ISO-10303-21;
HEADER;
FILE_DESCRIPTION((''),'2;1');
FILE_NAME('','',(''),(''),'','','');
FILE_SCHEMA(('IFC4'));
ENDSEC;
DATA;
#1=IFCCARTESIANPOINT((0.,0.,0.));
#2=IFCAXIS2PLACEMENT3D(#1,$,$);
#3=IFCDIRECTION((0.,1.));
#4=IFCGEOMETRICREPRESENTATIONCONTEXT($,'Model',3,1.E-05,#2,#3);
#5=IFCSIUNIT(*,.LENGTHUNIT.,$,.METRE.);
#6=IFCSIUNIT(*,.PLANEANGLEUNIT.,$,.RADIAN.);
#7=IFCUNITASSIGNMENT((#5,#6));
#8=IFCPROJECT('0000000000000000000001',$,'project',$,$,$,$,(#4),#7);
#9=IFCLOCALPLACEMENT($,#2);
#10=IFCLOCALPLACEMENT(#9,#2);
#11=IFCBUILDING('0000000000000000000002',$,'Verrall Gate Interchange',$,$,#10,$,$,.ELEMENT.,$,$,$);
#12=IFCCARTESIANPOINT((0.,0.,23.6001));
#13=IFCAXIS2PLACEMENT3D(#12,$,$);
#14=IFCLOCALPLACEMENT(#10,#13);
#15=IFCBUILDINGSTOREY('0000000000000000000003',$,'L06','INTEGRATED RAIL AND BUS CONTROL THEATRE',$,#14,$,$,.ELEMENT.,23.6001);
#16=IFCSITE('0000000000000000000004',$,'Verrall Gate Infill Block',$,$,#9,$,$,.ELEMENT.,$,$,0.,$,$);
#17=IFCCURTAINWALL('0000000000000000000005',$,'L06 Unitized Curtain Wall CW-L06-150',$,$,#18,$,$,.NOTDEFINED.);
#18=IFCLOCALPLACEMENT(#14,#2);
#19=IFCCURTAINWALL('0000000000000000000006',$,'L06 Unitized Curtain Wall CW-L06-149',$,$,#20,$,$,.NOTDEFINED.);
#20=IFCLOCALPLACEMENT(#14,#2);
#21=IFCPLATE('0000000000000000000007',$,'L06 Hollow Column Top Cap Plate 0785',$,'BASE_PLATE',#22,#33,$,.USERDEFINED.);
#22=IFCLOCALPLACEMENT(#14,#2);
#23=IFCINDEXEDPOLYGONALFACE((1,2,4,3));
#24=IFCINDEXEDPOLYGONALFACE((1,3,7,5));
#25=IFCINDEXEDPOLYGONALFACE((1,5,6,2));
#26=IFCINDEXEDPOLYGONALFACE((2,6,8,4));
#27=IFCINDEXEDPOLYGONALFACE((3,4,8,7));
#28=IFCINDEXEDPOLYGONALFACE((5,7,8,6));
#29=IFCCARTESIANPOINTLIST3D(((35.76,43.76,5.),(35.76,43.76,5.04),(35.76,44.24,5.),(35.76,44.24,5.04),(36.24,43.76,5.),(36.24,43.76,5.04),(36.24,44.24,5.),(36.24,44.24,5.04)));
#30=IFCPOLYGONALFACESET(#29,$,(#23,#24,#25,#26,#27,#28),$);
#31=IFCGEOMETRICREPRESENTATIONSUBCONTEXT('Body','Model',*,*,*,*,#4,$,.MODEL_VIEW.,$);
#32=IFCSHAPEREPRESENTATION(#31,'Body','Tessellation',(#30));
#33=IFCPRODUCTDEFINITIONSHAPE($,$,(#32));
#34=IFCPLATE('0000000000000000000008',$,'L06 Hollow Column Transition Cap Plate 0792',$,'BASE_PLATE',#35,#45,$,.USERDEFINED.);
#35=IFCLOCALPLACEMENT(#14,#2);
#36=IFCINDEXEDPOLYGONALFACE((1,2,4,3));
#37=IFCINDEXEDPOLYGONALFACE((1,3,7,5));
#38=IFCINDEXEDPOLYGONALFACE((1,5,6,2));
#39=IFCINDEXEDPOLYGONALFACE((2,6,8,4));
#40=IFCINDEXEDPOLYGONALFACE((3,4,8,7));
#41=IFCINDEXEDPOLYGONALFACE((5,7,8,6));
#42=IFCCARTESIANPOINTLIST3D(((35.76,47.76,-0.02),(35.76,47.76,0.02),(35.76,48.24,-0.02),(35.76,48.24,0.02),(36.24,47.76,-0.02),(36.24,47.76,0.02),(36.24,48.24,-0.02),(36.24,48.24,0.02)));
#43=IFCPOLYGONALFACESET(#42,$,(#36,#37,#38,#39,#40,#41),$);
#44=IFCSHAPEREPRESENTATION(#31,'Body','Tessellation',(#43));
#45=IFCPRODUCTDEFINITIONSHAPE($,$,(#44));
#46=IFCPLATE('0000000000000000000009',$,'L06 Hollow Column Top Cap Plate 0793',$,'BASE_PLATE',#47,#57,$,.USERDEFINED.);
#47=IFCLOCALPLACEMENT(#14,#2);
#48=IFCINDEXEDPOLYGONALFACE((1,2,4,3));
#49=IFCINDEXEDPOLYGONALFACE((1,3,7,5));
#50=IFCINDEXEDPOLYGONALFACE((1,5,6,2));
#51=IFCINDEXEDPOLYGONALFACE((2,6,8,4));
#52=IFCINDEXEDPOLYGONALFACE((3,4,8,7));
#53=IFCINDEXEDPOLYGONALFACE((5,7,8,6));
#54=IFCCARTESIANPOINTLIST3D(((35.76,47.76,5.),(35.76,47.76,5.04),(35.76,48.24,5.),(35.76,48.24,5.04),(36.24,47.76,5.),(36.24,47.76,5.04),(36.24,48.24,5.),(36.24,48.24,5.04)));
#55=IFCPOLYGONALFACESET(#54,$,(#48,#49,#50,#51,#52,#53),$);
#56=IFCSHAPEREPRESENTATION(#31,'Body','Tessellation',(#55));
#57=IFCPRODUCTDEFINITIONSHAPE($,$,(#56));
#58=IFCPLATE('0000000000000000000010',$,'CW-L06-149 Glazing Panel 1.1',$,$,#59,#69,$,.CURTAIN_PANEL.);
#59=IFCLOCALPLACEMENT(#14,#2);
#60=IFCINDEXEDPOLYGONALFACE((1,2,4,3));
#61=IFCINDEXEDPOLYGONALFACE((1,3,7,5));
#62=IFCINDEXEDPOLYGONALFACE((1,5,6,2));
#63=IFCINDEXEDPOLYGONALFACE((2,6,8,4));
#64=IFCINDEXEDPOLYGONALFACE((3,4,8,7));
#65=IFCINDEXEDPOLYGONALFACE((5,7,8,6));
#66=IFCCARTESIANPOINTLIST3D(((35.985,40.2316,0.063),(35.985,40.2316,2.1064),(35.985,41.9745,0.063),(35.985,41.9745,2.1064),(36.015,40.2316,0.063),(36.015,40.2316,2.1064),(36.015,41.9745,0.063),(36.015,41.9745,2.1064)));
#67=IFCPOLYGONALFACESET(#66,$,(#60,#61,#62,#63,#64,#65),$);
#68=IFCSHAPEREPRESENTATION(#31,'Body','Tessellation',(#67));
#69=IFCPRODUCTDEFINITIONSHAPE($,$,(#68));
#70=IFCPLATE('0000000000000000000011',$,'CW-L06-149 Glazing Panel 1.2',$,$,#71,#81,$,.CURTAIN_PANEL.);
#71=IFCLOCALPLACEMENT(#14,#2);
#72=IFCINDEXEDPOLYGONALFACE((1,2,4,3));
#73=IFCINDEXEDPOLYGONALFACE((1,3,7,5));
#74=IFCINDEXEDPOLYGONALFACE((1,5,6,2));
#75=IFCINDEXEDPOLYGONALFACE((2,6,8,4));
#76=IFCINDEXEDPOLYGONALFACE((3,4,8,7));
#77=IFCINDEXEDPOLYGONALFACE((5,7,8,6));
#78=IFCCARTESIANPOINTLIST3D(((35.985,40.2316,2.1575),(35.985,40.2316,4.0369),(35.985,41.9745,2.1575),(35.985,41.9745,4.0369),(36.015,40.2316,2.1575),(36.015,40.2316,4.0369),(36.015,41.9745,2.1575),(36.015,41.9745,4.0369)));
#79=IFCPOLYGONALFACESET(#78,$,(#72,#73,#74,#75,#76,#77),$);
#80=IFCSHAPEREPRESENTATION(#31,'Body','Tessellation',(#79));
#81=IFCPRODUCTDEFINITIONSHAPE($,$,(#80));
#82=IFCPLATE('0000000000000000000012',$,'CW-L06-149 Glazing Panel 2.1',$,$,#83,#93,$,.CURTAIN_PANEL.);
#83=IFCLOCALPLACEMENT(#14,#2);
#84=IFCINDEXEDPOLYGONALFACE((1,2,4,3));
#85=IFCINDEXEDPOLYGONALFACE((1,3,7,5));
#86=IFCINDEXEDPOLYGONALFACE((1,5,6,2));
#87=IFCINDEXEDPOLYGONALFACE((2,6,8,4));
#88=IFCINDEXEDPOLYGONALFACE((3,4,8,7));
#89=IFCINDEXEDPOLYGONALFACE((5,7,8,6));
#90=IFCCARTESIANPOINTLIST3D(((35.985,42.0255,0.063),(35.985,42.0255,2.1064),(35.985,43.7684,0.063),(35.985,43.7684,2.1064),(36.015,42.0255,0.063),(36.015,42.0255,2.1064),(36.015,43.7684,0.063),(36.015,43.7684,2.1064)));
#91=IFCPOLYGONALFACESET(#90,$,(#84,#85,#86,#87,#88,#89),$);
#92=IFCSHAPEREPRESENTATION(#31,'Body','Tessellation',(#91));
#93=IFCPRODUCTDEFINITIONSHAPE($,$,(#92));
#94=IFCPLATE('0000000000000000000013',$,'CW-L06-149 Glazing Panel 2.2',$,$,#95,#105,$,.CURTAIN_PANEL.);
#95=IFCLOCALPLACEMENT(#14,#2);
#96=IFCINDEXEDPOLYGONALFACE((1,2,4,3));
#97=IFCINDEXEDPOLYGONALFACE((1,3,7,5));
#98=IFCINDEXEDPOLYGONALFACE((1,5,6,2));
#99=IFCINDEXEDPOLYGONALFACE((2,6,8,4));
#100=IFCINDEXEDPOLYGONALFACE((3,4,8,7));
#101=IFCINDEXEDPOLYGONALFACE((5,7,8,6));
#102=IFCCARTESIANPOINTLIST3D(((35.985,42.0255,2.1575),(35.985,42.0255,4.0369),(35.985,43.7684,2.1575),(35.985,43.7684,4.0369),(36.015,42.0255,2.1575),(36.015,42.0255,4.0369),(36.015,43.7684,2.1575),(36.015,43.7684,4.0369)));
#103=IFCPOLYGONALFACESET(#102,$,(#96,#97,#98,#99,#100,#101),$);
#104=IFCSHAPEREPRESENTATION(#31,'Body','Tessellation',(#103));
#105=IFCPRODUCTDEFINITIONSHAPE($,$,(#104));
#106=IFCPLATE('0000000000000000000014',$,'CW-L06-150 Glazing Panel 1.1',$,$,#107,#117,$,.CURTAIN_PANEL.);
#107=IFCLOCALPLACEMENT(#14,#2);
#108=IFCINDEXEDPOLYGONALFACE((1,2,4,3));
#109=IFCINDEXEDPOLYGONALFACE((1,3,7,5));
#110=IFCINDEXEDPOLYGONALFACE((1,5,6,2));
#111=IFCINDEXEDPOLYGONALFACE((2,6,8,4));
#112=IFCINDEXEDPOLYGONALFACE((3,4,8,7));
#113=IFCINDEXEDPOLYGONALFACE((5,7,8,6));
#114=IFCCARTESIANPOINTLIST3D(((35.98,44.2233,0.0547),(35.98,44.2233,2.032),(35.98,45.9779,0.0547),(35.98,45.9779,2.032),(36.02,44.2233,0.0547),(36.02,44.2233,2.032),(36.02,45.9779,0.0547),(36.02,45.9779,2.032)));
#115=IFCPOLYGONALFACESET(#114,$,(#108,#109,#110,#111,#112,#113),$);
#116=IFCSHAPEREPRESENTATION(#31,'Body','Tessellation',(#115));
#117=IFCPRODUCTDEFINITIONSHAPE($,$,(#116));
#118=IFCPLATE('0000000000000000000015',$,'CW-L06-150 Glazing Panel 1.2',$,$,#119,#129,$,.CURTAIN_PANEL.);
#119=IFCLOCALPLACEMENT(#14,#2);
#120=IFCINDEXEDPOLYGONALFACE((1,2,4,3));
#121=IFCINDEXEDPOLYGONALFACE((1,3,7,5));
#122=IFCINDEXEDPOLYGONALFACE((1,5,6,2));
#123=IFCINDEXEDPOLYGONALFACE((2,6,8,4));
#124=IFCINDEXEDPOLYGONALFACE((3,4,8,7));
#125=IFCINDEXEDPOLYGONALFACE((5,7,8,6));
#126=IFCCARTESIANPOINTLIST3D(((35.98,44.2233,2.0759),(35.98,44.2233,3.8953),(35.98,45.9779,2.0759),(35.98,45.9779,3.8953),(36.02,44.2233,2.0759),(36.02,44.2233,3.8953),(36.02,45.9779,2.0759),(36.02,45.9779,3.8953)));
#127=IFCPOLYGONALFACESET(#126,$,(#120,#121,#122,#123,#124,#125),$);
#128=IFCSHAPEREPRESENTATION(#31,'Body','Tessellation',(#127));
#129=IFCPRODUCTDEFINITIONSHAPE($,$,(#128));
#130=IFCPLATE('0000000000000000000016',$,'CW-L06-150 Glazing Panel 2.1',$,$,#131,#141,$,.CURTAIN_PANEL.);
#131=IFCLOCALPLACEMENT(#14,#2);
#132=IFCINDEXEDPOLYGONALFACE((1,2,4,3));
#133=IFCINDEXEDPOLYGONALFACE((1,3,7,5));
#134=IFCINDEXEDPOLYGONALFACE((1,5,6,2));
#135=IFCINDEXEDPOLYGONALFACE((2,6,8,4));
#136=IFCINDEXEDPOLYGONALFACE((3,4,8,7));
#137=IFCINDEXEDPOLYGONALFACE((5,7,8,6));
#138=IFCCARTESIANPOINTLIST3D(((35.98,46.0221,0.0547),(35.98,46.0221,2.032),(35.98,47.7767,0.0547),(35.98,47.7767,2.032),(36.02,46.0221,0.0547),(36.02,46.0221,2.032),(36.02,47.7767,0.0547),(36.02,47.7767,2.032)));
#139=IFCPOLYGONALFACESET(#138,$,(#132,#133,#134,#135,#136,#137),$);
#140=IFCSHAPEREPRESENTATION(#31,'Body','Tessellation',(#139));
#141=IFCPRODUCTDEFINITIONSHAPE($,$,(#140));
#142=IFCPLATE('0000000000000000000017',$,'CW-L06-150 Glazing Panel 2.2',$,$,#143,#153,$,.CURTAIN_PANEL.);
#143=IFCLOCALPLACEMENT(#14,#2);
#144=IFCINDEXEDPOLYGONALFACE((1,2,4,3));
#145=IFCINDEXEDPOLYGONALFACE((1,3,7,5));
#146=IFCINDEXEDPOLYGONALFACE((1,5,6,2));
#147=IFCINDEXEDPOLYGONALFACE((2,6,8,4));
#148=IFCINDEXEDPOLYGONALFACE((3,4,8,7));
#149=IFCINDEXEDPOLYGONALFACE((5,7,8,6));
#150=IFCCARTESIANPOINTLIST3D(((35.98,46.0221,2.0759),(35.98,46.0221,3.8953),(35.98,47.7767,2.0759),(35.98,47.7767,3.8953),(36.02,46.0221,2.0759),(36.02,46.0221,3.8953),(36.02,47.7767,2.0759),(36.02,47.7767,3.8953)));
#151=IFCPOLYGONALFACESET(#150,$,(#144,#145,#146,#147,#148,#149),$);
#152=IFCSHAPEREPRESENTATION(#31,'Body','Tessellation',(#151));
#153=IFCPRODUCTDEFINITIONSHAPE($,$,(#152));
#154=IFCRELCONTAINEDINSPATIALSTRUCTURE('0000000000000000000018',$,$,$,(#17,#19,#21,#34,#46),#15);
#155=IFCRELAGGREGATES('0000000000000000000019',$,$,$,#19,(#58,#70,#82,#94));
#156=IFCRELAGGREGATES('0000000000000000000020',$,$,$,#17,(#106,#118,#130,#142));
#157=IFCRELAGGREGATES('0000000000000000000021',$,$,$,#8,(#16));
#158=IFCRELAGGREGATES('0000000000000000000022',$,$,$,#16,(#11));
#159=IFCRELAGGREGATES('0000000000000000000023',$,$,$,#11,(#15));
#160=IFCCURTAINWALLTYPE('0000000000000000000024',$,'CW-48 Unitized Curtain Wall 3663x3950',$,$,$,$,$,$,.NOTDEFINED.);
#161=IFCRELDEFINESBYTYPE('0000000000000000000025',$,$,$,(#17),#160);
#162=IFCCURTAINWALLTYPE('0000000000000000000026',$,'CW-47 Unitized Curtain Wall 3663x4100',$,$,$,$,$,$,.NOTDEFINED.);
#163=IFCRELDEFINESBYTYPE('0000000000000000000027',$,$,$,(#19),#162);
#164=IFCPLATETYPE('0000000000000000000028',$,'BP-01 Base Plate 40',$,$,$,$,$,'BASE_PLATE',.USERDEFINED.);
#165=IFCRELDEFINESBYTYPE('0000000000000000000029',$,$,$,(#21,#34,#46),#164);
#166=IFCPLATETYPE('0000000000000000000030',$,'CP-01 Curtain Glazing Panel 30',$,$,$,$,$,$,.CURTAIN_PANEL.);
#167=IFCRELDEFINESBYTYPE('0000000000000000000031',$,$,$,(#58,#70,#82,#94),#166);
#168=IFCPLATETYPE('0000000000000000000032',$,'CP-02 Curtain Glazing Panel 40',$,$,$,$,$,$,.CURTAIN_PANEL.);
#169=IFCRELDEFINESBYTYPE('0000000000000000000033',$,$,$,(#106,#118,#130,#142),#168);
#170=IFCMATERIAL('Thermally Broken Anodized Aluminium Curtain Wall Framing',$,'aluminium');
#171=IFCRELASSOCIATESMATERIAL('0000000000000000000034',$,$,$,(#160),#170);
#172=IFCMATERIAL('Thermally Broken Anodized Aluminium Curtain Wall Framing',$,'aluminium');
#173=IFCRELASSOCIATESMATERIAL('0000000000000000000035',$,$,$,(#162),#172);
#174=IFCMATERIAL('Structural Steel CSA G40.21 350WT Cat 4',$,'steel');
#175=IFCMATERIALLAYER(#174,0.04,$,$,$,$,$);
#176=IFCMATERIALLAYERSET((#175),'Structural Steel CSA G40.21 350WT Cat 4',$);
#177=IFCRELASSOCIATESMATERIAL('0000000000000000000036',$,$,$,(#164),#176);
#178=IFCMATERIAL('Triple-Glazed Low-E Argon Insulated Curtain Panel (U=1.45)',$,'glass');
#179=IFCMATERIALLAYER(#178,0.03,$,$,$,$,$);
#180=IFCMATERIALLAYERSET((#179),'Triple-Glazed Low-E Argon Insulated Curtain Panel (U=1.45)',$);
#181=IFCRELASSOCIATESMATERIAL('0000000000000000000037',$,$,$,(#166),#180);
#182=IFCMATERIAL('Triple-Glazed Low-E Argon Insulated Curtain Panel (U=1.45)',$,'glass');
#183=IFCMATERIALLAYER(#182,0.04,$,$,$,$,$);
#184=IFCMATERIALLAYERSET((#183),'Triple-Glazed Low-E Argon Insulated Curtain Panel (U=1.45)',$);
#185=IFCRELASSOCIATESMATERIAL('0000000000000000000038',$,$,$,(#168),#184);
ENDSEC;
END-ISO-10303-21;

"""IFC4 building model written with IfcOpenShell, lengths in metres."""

from ifc_helpers import new_model, si_unit, direction, frame, origin, origin_2d, place, context, subcontext, project, spatial, rectangle, extrude, material, layer, layer_set, type_object, element, aggregate, save


model = new_model("IFC4")

# Units and contexts
model_context = context("Model", 3, precision=1e-05, world=origin(), true_north=direction((0.0, 1.0)))
body_context = subcontext(model_context, "Body", "Model", "MODEL_VIEW")
ifc_project = project(units=[si_unit("LENGTHUNIT", "METRE"), si_unit("PLANEANGLEUNIT", "RADIAN")], contexts=[model_context])

# Site, building, storey
site_placement = place(None, origin())
site = spatial("IfcSite", under=ifc_project, at=site_placement, Name="Verrall Gate Infill Block", CompositionType="ELEMENT", RefElevation=0.0)
building_placement = place(site_placement, origin())
building = spatial("IfcBuilding", under=site, at=building_placement, Name="Verrall Gate Interchange", CompositionType="ELEMENT")
storey_placement = place(building_placement, frame((0.0, 0.0, 23.6001)))
storey = spatial("IfcBuildingStorey", under=building, at=storey_placement, Name="L06", Description="INTEGRATED RAIL AND BUS CONTROL THEATRE", CompositionType="ELEMENT", Elevation=23.6001)

# Curtain walls
ifc_material_1 = material(Name="Thermally Broken Anodized Aluminium Curtain Wall Framing", Category="aluminium")
curtain_wall_type_1 = type_object("IfcCurtainWallType", Name="CW-48 Unitized Curtain Wall 3663x3950", PredefinedType="NOTDEFINED", material=ifc_material_1)
curtain_wall_1_placement = place(storey_placement, origin())
curtain_wall_1 = element("IfcCurtainWall", 1, at=curtain_wall_1_placement, inside=storey, type_object=curtain_wall_type_1, Name="L06 Unitized Curtain Wall CW-L06-150", PredefinedType="NOTDEFINED")
ifc_material_2 = material(Name="Thermally Broken Anodized Aluminium Curtain Wall Framing", Category="aluminium")
curtain_wall_type_2 = type_object("IfcCurtainWallType", Name="CW-47 Unitized Curtain Wall 3663x4100", PredefinedType="NOTDEFINED", material=ifc_material_2)
curtain_wall_2_placement = place(storey_placement, origin())
curtain_wall_2 = element("IfcCurtainWall", 2, at=curtain_wall_2_placement, inside=storey, type_object=curtain_wall_type_2, Name="L06 Unitized Curtain Wall CW-L06-149", PredefinedType="NOTDEFINED")

# Plates
ifc_material_3 = material(Name="Structural Steel CSA G40.21 350WT Cat 4", Category="steel")
ifc_layer_1 = layer(ifc_material_3, 0.04)
ifc_layer_set_1 = layer_set([ifc_layer_1], Name="Structural Steel CSA G40.21 350WT Cat 4")
plate_type_1 = type_object("IfcPlateType", Name="BP-01 Base Plate 40", ElementType="BASE_PLATE", PredefinedType="USERDEFINED", material=ifc_layer_set_1)
for number, where, z_axis, x_axis, name in (
    (3, (36.0, 44.0, 5.0), (0.0, 0.0, 1.0), (1.0, 0.0, 0.0), "L06 Hollow Column Top Cap Plate 0785"),
    (4, (36.0, 48.0, -0.02), (0.0, 0.0, 1.0), (1.0, 0.0, 0.0), "L06 Hollow Column Transition Cap Plate 0792"),
    (5, (36.0, 48.0, 5.0), (0.0, 0.0, 1.0), (1.0, 0.0, 0.0), "L06 Hollow Column Top Cap Plate 0793"),
):
    element("IfcPlate", number, at=place(storey_placement, frame(where, z_axis=z_axis, x_axis=x_axis)), inside=storey, type_object=plate_type_1, Name=name, ObjectType="BASE_PLATE", PredefinedType="USERDEFINED", context=body_context, shape_type="SweptSolid", body=[
        extrude(rectangle(XDim=0.48, YDim=0.48, at=origin_2d()), origin(), (0.0, 0.0, 1.0), 0.04),
    ])

# Plates
ifc_material_4 = material(Name="Triple-Glazed Low-E Argon Insulated Curtain Panel (U=1.45)", Category="glass")
ifc_layer_2 = layer(ifc_material_4, 0.03)
ifc_layer_set_2 = layer_set([ifc_layer_2], Name="Triple-Glazed Low-E Argon Insulated Curtain Panel (U=1.45)")
plate_type_2 = type_object("IfcPlateType", Name="CP-01 Curtain Glazing Panel 30", PredefinedType="CURTAIN_PANEL", material=ifc_layer_set_2)
plate_1_placement = place(storey_placement, frame((36.0, 41.103, 0.063), z_axis=(0.0, 0.0, 1.0), x_axis=(0.0, 1.0, 0.0)))
plate_1 = element("IfcPlate", 6, at=plate_1_placement, type_object=plate_type_2, Name="CW-L06-149 Glazing Panel 1.1", PredefinedType="CURTAIN_PANEL", context=body_context, shape_type="SweptSolid", body=[
    extrude(rectangle(XDim=1.7429, YDim=0.03, at=origin_2d()), origin(), (0.0, 0.0, 1.0), 2.0435),
])
plate_2_placement = place(storey_placement, frame((36.0, 41.103, 2.1575), z_axis=(0.0, 0.0, 1.0), x_axis=(0.0, 1.0, 0.0)))
plate_2 = element("IfcPlate", 7, at=plate_2_placement, type_object=plate_type_2, Name="CW-L06-149 Glazing Panel 1.2", PredefinedType="CURTAIN_PANEL", context=body_context, shape_type="SweptSolid", body=[
    extrude(rectangle(XDim=1.7429, YDim=0.03, at=origin_2d()), origin(), (0.0, 0.0, 1.0), 1.8794),
])
plate_3_placement = place(storey_placement, frame((36.0, 42.897, 0.063), z_axis=(0.0, 0.0, 1.0), x_axis=(0.0, 1.0, 0.0)))
plate_3 = element("IfcPlate", 8, at=plate_3_placement, type_object=plate_type_2, Name="CW-L06-149 Glazing Panel 2.1", PredefinedType="CURTAIN_PANEL", context=body_context, shape_type="SweptSolid", body=[
    extrude(rectangle(XDim=1.7429, YDim=0.03, at=origin_2d()), origin(), (0.0, 0.0, 1.0), 2.0435),
])
plate_4_placement = place(storey_placement, frame((36.0, 42.897, 2.1575), z_axis=(0.0, 0.0, 1.0), x_axis=(0.0, 1.0, 0.0)))
plate_4 = element("IfcPlate", 9, at=plate_4_placement, type_object=plate_type_2, Name="CW-L06-149 Glazing Panel 2.2", PredefinedType="CURTAIN_PANEL", context=body_context, shape_type="SweptSolid", body=[
    extrude(rectangle(XDim=1.7429, YDim=0.03, at=origin_2d()), origin(), (0.0, 0.0, 1.0), 1.8794),
])
aggregate(curtain_wall_2, [plate_1, plate_2, plate_3, plate_4])
ifc_material_5 = material(Name="Triple-Glazed Low-E Argon Insulated Curtain Panel (U=1.45)", Category="glass")
ifc_layer_3 = layer(ifc_material_5, 0.04)
ifc_layer_set_3 = layer_set([ifc_layer_3], Name="Triple-Glazed Low-E Argon Insulated Curtain Panel (U=1.45)")
plate_type_3 = type_object("IfcPlateType", Name="CP-02 Curtain Glazing Panel 40", PredefinedType="CURTAIN_PANEL", material=ifc_layer_set_3)
plate_5_placement = place(storey_placement, frame((36.0, 45.1006, 0.0547), z_axis=(0.0, 0.0, 1.0), x_axis=(0.0, 1.0, 0.0)))
plate_5 = element("IfcPlate", 10, at=plate_5_placement, type_object=plate_type_3, Name="CW-L06-150 Glazing Panel 1.1", PredefinedType="CURTAIN_PANEL", context=body_context, shape_type="SweptSolid", body=[
    extrude(rectangle(XDim=1.7546, YDim=0.04, at=origin_2d()), origin(), (0.0, 0.0, 1.0), 1.9773),
])
plate_6_placement = place(storey_placement, frame((36.0, 45.1006, 2.0759), z_axis=(0.0, 0.0, 1.0), x_axis=(0.0, 1.0, 0.0)))
plate_6 = element("IfcPlate", 11, at=plate_6_placement, type_object=plate_type_3, Name="CW-L06-150 Glazing Panel 1.2", PredefinedType="CURTAIN_PANEL", context=body_context, shape_type="SweptSolid", body=[
    extrude(rectangle(XDim=1.7546, YDim=0.04, at=origin_2d()), origin(), (0.0, 0.0, 1.0), 1.8193),
])
plate_7_placement = place(storey_placement, frame((36.0, 46.8994, 0.0547), z_axis=(0.0, 0.0, 1.0), x_axis=(0.0, 1.0, 0.0)))
plate_7 = element("IfcPlate", 12, at=plate_7_placement, type_object=plate_type_3, Name="CW-L06-150 Glazing Panel 2.1", PredefinedType="CURTAIN_PANEL", context=body_context, shape_type="SweptSolid", body=[
    extrude(rectangle(XDim=1.7546, YDim=0.04, at=origin_2d()), origin(), (0.0, 0.0, 1.0), 1.9773),
])
plate_8_placement = place(storey_placement, frame((36.0, 46.8994, 2.0759), z_axis=(0.0, 0.0, 1.0), x_axis=(0.0, 1.0, 0.0)))
plate_8 = element("IfcPlate", 13, at=plate_8_placement, type_object=plate_type_3, Name="CW-L06-150 Glazing Panel 2.2", PredefinedType="CURTAIN_PANEL", context=body_context, shape_type="SweptSolid", body=[
    extrude(rectangle(XDim=1.7546, YDim=0.04, at=origin_2d()), origin(), (0.0, 0.0, 1.0), 1.8193),
])
aggregate(curtain_wall_1, [plate_5, plate_6, plate_7, plate_8])

save(model, "model.ifc")
